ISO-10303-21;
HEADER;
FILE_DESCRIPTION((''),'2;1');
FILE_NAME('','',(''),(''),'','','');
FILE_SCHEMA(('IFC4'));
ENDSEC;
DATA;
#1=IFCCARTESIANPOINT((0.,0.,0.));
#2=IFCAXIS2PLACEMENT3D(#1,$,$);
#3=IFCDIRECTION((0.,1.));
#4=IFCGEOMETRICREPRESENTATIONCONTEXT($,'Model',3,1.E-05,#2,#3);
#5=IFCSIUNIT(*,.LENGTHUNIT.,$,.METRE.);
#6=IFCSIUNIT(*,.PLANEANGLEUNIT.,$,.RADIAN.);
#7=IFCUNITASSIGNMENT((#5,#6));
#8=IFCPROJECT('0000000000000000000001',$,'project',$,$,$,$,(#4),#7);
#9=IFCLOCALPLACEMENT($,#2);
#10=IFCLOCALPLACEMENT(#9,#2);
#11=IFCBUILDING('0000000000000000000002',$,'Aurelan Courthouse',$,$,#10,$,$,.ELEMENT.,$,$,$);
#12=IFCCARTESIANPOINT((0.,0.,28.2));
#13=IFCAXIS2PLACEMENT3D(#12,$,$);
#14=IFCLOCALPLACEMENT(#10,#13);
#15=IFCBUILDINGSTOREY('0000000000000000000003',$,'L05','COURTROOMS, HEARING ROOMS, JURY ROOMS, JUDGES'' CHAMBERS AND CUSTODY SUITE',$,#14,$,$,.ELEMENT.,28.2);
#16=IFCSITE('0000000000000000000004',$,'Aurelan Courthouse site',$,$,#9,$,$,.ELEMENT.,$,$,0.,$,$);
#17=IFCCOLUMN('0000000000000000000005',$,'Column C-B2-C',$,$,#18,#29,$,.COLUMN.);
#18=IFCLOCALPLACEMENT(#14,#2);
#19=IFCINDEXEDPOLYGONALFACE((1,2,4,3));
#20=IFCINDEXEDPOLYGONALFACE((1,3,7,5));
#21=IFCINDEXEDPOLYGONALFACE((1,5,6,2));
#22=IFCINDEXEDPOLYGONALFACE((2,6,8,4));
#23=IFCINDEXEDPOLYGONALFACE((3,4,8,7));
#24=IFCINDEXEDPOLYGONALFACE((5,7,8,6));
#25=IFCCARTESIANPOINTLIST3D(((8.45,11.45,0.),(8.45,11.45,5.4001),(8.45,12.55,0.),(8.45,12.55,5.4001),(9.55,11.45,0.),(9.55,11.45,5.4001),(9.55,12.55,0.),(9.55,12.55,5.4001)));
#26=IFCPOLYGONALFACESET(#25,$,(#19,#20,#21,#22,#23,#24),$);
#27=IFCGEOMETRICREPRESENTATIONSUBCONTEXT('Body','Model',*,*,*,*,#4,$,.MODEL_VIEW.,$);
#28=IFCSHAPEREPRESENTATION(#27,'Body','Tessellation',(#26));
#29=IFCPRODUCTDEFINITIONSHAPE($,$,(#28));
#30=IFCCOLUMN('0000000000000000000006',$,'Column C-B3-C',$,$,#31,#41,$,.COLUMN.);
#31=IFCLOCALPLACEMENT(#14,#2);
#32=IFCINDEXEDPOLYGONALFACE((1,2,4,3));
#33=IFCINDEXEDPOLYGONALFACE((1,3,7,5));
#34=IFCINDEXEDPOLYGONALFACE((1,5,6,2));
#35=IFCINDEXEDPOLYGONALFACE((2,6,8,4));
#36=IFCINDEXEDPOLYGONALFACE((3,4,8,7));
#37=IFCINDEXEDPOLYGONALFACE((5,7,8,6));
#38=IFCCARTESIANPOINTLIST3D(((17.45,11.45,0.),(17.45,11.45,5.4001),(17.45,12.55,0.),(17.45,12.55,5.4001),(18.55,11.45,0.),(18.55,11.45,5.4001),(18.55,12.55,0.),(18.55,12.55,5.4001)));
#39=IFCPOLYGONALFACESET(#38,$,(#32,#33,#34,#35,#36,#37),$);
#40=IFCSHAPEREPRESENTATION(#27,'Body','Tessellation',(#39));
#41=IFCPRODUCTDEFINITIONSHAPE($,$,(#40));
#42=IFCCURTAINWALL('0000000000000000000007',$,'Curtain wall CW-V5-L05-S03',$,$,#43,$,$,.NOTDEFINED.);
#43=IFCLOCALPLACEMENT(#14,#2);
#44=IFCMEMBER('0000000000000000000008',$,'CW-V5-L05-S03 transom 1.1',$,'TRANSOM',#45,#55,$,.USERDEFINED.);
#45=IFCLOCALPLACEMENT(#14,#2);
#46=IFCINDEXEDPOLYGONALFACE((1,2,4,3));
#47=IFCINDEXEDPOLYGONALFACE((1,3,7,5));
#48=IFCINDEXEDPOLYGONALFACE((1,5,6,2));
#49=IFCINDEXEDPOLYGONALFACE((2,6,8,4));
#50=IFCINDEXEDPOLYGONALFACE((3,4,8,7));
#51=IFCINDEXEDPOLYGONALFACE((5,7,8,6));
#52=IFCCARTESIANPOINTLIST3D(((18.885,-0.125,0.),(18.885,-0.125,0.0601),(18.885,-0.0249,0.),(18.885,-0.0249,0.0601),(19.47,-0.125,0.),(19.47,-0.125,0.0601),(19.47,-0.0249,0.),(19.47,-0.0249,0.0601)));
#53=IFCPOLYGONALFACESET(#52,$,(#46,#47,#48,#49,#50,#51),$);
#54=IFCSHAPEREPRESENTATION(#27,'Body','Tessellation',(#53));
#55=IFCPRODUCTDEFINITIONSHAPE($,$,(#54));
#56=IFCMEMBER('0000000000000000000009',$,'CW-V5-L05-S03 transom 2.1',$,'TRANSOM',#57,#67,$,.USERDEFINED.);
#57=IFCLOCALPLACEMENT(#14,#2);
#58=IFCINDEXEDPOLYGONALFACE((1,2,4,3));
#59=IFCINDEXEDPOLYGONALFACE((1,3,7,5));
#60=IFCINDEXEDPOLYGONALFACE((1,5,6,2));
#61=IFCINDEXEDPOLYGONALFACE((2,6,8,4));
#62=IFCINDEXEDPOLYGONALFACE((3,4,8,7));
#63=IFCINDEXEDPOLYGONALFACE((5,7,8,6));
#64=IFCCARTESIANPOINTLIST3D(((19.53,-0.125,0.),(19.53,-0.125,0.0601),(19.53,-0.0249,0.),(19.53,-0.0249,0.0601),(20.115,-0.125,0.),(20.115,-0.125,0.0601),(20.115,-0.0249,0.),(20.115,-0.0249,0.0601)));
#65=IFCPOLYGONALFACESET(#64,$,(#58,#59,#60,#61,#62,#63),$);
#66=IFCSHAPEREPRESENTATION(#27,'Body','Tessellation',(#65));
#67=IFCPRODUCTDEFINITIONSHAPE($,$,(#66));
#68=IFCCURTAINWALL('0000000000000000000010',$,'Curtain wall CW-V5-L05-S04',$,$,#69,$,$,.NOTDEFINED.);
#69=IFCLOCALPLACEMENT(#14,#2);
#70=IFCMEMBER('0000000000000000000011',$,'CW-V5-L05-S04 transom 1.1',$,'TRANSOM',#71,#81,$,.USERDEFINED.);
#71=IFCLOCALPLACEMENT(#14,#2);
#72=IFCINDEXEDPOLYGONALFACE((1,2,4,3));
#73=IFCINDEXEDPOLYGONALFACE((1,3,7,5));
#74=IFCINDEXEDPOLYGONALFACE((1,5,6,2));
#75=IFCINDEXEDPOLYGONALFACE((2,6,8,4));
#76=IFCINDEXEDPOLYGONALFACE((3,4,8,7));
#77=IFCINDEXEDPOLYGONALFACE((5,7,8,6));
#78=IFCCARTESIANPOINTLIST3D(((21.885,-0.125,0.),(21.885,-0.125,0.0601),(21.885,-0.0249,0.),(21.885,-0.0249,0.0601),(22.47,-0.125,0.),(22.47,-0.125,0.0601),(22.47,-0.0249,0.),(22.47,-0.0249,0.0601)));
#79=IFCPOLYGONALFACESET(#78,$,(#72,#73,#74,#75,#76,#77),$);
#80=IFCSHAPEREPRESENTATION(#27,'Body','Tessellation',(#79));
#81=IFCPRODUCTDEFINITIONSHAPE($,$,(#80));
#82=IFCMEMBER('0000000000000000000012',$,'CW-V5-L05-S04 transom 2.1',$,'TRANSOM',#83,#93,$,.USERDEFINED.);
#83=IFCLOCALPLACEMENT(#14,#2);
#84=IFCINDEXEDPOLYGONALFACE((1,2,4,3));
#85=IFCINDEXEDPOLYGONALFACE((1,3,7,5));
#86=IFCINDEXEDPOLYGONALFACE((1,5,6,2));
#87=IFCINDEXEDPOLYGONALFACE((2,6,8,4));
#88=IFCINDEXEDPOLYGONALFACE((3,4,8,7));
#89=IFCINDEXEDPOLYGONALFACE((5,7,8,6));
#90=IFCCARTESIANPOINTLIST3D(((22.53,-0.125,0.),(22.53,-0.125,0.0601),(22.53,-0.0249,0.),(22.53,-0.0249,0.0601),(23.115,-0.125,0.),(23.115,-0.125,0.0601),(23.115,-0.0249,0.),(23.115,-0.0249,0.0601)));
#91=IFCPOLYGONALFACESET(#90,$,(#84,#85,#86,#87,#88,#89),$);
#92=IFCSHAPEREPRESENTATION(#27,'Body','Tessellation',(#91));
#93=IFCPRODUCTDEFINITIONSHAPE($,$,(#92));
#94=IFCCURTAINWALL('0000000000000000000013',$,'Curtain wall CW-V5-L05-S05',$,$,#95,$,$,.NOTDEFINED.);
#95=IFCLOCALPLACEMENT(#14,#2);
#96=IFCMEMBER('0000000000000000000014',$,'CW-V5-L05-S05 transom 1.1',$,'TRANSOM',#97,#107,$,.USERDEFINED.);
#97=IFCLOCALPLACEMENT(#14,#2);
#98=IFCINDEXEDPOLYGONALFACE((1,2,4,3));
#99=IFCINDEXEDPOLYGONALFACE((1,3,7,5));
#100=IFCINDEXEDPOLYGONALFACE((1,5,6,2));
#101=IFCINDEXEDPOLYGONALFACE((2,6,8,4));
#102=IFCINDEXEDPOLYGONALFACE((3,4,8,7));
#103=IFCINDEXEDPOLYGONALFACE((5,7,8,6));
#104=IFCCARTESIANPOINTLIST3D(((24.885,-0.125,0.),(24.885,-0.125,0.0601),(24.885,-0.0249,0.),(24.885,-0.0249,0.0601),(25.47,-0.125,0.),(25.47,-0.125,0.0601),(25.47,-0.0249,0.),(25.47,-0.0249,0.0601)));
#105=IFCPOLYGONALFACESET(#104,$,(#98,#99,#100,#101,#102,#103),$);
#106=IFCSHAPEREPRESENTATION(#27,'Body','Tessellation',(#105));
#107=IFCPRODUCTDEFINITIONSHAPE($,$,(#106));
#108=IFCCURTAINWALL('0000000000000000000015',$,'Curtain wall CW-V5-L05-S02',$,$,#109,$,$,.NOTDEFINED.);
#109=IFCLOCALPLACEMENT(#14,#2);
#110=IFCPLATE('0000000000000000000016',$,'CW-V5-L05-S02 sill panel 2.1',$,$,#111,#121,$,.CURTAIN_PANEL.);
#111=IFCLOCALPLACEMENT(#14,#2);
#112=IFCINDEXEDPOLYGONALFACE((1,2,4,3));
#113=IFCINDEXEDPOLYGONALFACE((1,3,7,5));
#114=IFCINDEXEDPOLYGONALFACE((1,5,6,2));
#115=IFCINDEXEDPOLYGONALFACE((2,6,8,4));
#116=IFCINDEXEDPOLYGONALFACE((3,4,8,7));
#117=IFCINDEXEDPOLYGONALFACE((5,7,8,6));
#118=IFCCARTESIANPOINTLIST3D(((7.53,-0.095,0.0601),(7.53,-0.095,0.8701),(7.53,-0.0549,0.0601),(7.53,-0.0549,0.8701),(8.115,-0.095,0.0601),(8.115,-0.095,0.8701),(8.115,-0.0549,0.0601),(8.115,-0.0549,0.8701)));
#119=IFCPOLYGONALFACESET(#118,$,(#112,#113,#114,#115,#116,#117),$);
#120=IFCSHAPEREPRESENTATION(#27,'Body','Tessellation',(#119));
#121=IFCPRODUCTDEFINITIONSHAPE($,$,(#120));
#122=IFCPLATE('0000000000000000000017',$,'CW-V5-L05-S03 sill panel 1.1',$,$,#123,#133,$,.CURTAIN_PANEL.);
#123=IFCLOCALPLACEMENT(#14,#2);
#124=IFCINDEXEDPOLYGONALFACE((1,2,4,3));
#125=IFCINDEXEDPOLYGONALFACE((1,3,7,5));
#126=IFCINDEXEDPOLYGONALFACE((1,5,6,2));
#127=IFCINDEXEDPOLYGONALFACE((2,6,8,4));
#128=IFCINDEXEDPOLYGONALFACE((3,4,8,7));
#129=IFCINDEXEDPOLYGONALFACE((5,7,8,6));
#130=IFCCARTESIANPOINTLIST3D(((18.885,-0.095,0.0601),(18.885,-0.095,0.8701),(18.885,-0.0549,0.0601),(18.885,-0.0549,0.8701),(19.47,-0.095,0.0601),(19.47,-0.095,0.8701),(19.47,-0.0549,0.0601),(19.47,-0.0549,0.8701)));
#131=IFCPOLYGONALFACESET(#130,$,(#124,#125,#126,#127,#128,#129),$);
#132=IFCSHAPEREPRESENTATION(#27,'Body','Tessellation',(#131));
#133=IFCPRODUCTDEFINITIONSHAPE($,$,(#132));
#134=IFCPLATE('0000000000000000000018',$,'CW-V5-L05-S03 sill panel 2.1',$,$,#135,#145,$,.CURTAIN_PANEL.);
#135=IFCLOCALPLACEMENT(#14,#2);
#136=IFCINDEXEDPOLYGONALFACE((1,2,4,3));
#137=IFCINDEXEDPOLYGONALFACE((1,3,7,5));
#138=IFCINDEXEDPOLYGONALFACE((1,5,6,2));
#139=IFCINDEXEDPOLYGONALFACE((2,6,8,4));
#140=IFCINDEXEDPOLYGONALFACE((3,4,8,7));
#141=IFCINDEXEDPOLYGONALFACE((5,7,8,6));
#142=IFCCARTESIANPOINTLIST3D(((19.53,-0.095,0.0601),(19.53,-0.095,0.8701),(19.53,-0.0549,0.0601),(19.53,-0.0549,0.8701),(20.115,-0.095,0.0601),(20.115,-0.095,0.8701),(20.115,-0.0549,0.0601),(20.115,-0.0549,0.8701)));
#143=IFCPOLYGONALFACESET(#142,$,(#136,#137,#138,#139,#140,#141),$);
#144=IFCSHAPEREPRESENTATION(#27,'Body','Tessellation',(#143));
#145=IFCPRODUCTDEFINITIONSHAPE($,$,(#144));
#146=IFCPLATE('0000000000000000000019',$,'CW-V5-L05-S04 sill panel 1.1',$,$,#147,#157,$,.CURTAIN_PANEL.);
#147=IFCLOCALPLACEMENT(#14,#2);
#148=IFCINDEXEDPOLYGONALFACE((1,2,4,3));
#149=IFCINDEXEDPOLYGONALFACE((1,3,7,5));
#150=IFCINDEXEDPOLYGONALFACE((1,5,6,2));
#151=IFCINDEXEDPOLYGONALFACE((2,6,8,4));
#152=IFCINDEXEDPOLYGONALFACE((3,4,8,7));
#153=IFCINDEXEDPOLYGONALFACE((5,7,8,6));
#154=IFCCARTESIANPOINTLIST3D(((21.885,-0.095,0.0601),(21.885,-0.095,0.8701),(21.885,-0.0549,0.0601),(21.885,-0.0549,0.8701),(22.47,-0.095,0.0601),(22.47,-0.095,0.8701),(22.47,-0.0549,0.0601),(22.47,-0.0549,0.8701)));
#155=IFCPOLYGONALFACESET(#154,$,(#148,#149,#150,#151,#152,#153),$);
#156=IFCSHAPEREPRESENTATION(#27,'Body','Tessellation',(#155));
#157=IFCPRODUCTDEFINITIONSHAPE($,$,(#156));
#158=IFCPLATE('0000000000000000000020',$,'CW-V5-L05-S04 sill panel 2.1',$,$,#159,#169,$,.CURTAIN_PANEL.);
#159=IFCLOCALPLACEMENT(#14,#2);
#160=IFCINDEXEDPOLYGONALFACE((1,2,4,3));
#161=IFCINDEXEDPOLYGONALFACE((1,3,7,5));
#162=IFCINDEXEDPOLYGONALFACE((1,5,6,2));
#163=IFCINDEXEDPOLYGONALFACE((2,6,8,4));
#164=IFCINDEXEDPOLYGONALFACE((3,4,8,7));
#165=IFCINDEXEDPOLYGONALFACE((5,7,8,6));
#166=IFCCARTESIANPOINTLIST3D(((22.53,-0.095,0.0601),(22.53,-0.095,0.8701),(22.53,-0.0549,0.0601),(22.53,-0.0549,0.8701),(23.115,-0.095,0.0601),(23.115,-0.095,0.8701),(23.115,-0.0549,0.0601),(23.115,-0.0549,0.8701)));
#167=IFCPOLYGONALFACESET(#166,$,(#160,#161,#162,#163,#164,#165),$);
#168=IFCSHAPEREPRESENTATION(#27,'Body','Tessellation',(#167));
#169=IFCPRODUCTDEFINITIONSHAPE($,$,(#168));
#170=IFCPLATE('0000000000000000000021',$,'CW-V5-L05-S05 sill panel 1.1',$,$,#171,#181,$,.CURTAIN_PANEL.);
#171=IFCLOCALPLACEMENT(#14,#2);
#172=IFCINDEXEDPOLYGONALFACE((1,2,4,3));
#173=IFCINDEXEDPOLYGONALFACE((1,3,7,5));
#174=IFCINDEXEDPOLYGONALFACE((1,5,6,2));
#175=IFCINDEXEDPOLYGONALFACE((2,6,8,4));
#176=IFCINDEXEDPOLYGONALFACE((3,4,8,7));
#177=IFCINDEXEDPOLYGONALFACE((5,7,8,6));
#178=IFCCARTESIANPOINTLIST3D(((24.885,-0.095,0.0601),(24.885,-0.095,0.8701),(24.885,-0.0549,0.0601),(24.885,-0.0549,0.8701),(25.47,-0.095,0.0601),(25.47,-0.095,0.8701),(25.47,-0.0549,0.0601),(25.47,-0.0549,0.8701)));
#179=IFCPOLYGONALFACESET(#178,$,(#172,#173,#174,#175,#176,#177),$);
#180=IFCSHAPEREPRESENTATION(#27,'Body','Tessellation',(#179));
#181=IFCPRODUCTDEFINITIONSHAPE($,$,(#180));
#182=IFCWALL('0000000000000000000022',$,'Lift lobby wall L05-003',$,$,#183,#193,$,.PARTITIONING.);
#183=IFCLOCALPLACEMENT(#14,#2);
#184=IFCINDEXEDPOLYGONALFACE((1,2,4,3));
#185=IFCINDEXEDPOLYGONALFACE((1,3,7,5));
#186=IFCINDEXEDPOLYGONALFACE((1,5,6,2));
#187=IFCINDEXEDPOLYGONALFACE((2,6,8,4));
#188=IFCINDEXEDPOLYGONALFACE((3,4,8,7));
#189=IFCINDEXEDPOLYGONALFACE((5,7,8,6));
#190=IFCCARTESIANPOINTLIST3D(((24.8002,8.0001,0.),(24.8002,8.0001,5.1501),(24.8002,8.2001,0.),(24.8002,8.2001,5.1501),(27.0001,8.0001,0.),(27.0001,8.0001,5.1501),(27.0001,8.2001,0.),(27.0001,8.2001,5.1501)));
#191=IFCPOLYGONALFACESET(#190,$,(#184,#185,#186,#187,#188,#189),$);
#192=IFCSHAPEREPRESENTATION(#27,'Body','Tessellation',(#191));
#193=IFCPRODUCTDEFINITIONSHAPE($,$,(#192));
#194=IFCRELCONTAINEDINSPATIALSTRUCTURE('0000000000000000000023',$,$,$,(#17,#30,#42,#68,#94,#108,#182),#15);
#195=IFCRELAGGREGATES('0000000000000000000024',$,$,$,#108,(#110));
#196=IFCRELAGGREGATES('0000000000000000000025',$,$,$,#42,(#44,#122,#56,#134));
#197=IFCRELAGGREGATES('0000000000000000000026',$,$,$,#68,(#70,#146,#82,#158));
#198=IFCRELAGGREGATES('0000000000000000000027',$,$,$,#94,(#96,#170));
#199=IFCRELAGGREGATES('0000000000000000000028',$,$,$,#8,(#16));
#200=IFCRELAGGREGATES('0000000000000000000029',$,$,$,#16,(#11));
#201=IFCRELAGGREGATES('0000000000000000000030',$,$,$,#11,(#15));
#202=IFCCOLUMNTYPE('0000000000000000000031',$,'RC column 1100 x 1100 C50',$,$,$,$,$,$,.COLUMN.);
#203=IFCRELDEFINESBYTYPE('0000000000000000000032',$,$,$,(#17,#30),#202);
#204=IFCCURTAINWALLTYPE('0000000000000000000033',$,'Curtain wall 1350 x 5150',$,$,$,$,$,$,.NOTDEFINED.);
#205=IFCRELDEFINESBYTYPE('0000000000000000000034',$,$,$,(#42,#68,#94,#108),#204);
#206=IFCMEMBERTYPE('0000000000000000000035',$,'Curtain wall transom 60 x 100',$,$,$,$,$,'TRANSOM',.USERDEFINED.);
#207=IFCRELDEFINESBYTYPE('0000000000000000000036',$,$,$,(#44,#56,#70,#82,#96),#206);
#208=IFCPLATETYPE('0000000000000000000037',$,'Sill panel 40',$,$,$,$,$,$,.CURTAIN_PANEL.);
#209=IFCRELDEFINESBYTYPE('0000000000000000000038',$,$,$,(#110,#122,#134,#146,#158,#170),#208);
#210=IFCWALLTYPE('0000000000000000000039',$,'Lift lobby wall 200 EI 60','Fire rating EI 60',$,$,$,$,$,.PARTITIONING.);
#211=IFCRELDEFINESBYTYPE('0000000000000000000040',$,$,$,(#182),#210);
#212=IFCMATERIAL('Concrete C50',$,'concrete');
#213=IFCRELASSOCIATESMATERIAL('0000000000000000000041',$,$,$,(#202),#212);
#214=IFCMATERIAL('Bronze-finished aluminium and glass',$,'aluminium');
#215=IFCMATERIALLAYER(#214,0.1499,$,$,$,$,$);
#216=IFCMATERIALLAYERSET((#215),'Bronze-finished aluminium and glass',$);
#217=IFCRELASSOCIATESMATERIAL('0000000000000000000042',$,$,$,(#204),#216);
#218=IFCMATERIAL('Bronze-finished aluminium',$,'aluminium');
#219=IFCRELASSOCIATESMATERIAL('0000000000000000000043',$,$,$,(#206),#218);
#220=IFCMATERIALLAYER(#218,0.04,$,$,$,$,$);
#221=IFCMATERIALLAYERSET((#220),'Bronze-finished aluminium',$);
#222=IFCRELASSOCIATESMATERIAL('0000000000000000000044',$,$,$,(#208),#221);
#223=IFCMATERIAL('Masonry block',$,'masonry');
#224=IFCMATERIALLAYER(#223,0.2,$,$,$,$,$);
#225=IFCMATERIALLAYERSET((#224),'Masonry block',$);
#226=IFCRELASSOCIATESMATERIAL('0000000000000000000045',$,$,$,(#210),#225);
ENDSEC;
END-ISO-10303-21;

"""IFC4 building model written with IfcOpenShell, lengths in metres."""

from ifc_helpers import new_model, si_unit, direction, frame, frame_2d, origin, origin_2d, place, context, subcontext, project, spatial, rectangle, extrude, material, layer, layer_set, material_profile, profile_set, type_object, element, aggregate, save


model = new_model("IFC4")

# Units and contexts
model_context = context("Model", 3, precision=1e-05, world=origin(), true_north=direction((0.0, 1.0)))
body_context = subcontext(model_context, "Body", "Model", "MODEL_VIEW")
ifc_project = project(units=[si_unit("LENGTHUNIT", "METRE"), si_unit("PLANEANGLEUNIT", "RADIAN")], contexts=[model_context])

# Site, building, storey
site_placement = place(None, origin())
site = spatial("IfcSite", under=ifc_project, at=site_placement, Name="Aurelan Courthouse site", CompositionType="ELEMENT", RefElevation=0.0)
building_placement = place(site_placement, origin())
building = spatial("IfcBuilding", under=site, at=building_placement, Name="Aurelan Courthouse", CompositionType="ELEMENT")
storey_placement = place(building_placement, frame((0.0, 0.0, 28.2)))
storey = spatial("IfcBuildingStorey", under=building, at=storey_placement, Name="L05", Description="COURTROOMS, HEARING ROOMS, JURY ROOMS, JUDGES' CHAMBERS AND CUSTODY SUITE", CompositionType="ELEMENT", Elevation=28.2)

# Columns
ifc_material_1 = material(Name="Concrete C50", Category="concrete")
ifc_material_profile_1 = material_profile(ifc_material_1, rectangle(XDim=1.1001, YDim=1.1001, at=origin_2d()), Name="RC 1100 x 1100")
ifc_profile_set_1 = profile_set([ifc_material_profile_1], Name="Concrete C50")
column_type = type_object("IfcColumnType", Name="RC column 1100 x 1100 C50", PredefinedType="COLUMN", material=ifc_profile_set_1)
for number, where, z_axis, x_axis, name in (
    (1, (9.0, 12.0, 0.0), (0.0, 0.0, 1.0), (1.0, 0.0, 0.0), "Column C-B2-C"),
    (2, (18.0, 12.0, 0.0), (0.0, 0.0, 1.0), (1.0, 0.0, 0.0), "Column C-B3-C"),
):
    element("IfcColumn", number, at=place(storey_placement, frame(where, z_axis=z_axis, x_axis=x_axis)), inside=storey, type_object=column_type, Name=name, PredefinedType="COLUMN", context=body_context, shape_type="SweptSolid", body=[
        extrude(rectangle(XDim=1.1001, YDim=1.1001, at=origin_2d()), origin(), (0.0, 0.0, 1.0), 5.4001),
    ])

# Curtain walls, members
ifc_material_2 = material(Name="Bronze-finished aluminium and glass", Category="aluminium")
ifc_layer_1 = layer(ifc_material_2, 0.1499)
ifc_layer_set_1 = layer_set([ifc_layer_1], Name="Bronze-finished aluminium and glass")
curtain_wall_type = type_object("IfcCurtainWallType", Name="Curtain wall 1350 x 5150", PredefinedType="NOTDEFINED", material=ifc_layer_set_1)
curtain_wall_1_placement = place(storey_placement, origin())
curtain_wall_1 = element("IfcCurtainWall", 3, at=curtain_wall_1_placement, inside=storey, type_object=curtain_wall_type, Name="Curtain wall CW-V5-L05-S03", PredefinedType="NOTDEFINED")
ifc_material_3 = material(Name="Bronze-finished aluminium", Category="aluminium")
ifc_material_profile_2 = material_profile(ifc_material_3, rectangle(XDim=0.1001, YDim=0.0601, at=origin_2d()), Name="Bronze transom 60 x 100")
ifc_profile_set_2 = profile_set([ifc_material_profile_2], Name="Bronze-finished aluminium")
member_type = type_object("IfcMemberType", Name="Curtain wall transom 60 x 100", ElementType="TRANSOM", PredefinedType="USERDEFINED", material=ifc_profile_set_2)
member_1_placement = place(storey_placement, frame((18.885, -0.075, 0.03), z_axis=(1.0, 0.0, 0.0), x_axis=(0.0, 1.0, 0.0)))
member_1 = element("IfcMember", 4, at=member_1_placement, type_object=member_type, Name="CW-V5-L05-S03 transom 1.1", ObjectType="TRANSOM", PredefinedType="USERDEFINED", context=body_context, shape_type="SweptSolid", body=[
    extrude(rectangle(XDim=0.1001, YDim=0.0601, at=origin_2d()), origin(), (0.0, 0.0, 1.0), 0.585),
])
member_2_placement = place(storey_placement, frame((19.53, -0.075, 0.03), z_axis=(1.0, 0.0, 0.0), x_axis=(0.0, 1.0, 0.0)))
member_2 = element("IfcMember", 5, at=member_2_placement, type_object=member_type, Name="CW-V5-L05-S03 transom 2.1", ObjectType="TRANSOM", PredefinedType="USERDEFINED", context=body_context, shape_type="SweptSolid", body=[
    extrude(rectangle(XDim=0.1001, YDim=0.0601, at=origin_2d()), origin(), (0.0, 0.0, 1.0), 0.585),
])
curtain_wall_2_placement = place(storey_placement, origin())
curtain_wall_2 = element("IfcCurtainWall", 6, at=curtain_wall_2_placement, inside=storey, type_object=curtain_wall_type, Name="Curtain wall CW-V5-L05-S04", PredefinedType="NOTDEFINED")
member_3_placement = place(storey_placement, frame((21.885, -0.075, 0.03), z_axis=(1.0, 0.0, 0.0), x_axis=(0.0, 1.0, 0.0)))
member_3 = element("IfcMember", 7, at=member_3_placement, type_object=member_type, Name="CW-V5-L05-S04 transom 1.1", ObjectType="TRANSOM", PredefinedType="USERDEFINED", context=body_context, shape_type="SweptSolid", body=[
    extrude(rectangle(XDim=0.1001, YDim=0.0601, at=origin_2d()), origin(), (0.0, 0.0, 1.0), 0.585),
])
member_4_placement = place(storey_placement, frame((22.53, -0.075, 0.03), z_axis=(1.0, 0.0, 0.0), x_axis=(0.0, 1.0, 0.0)))
member_4 = element("IfcMember", 8, at=member_4_placement, type_object=member_type, Name="CW-V5-L05-S04 transom 2.1", ObjectType="TRANSOM", PredefinedType="USERDEFINED", context=body_context, shape_type="SweptSolid", body=[
    extrude(rectangle(XDim=0.1001, YDim=0.0601, at=origin_2d()), origin(), (0.0, 0.0, 1.0), 0.585),
])

# Curtain wall, member
curtain_wall_3_placement = place(storey_placement, origin())
curtain_wall_3 = element("IfcCurtainWall", 9, at=curtain_wall_3_placement, inside=storey, type_object=curtain_wall_type, Name="Curtain wall CW-V5-L05-S05", PredefinedType="NOTDEFINED")
member_5_placement = place(storey_placement, frame((24.885, -0.075, 0.03), z_axis=(1.0, 0.0, 0.0), x_axis=(0.0, 1.0, 0.0)))
member_5 = element("IfcMember", 10, at=member_5_placement, type_object=member_type, Name="CW-V5-L05-S05 transom 1.1", ObjectType="TRANSOM", PredefinedType="USERDEFINED", context=body_context, shape_type="SweptSolid", body=[
    extrude(rectangle(XDim=0.1001, YDim=0.0601, at=origin_2d()), origin(), (0.0, 0.0, 1.0), 0.585),
])

# Curtain wall, plate
curtain_wall_4_placement = place(storey_placement, origin())
curtain_wall_4 = element("IfcCurtainWall", 11, at=curtain_wall_4_placement, inside=storey, type_object=curtain_wall_type, Name="Curtain wall CW-V5-L05-S02", PredefinedType="NOTDEFINED")
ifc_layer_2 = layer(ifc_material_3, 0.04)
ifc_layer_set_2 = layer_set([ifc_layer_2], Name="Bronze-finished aluminium")
plate_type = type_object("IfcPlateType", Name="Sill panel 40", PredefinedType="CURTAIN_PANEL", material=ifc_layer_set_2)
plate_1_placement = place(storey_placement, frame((7.8225, -0.075, 0.0601), z_axis=(0.0, 0.0, 1.0), x_axis=(1.0, 0.0, 0.0)))
plate_1 = element("IfcPlate", 12, at=plate_1_placement, type_object=plate_type, Name="CW-V5-L05-S02 sill panel 2.1", PredefinedType="CURTAIN_PANEL", context=body_context, shape_type="SweptSolid", body=[
    extrude(rectangle(XDim=0.585, YDim=0.04, at=origin_2d()), origin(), (0.0, 0.0, 1.0), 0.8101),
])
aggregate(curtain_wall_4, [plate_1])

# Plates
plate_2_placement = place(storey_placement, frame((19.1775, -0.075, 0.0601), z_axis=(0.0, 0.0, 1.0), x_axis=(1.0, 0.0, 0.0)))
plate_2 = element("IfcPlate", 13, at=plate_2_placement, type_object=plate_type, Name="CW-V5-L05-S03 sill panel 1.1", PredefinedType="CURTAIN_PANEL", context=body_context, shape_type="SweptSolid", body=[
    extrude(rectangle(XDim=0.585, YDim=0.04, at=origin_2d()), origin(), (0.0, 0.0, 1.0), 0.8101),
])
plate_3_placement = place(storey_placement, frame((19.8225, -0.075, 0.0601), z_axis=(0.0, 0.0, 1.0), x_axis=(1.0, 0.0, 0.0)))
plate_3 = element("IfcPlate", 14, at=plate_3_placement, type_object=plate_type, Name="CW-V5-L05-S03 sill panel 2.1", PredefinedType="CURTAIN_PANEL", context=body_context, shape_type="SweptSolid", body=[
    extrude(rectangle(XDim=0.585, YDim=0.04, at=origin_2d()), origin(), (0.0, 0.0, 1.0), 0.8101),
])
aggregate(curtain_wall_1, [member_1, plate_2, member_2, plate_3])
plate_4_placement = place(storey_placement, frame((22.1775, -0.075, 0.0601), z_axis=(0.0, 0.0, 1.0), x_axis=(1.0, 0.0, 0.0)))
plate_4 = element("IfcPlate", 15, at=plate_4_placement, type_object=plate_type, Name="CW-V5-L05-S04 sill panel 1.1", PredefinedType="CURTAIN_PANEL", context=body_context, shape_type="SweptSolid", body=[
    extrude(rectangle(XDim=0.585, YDim=0.04, at=origin_2d()), origin(), (0.0, 0.0, 1.0), 0.8101),
])
plate_5_placement = place(storey_placement, frame((22.8225, -0.075, 0.0601), z_axis=(0.0, 0.0, 1.0), x_axis=(1.0, 0.0, 0.0)))
plate_5 = element("IfcPlate", 16, at=plate_5_placement, type_object=plate_type, Name="CW-V5-L05-S04 sill panel 2.1", PredefinedType="CURTAIN_PANEL", context=body_context, shape_type="SweptSolid", body=[
    extrude(rectangle(XDim=0.585, YDim=0.04, at=origin_2d()), origin(), (0.0, 0.0, 1.0), 0.8101),
])
aggregate(curtain_wall_2, [member_3, plate_4, member_4, plate_5])
plate_6_placement = place(storey_placement, frame((25.1775, -0.075, 0.0601), z_axis=(0.0, 0.0, 1.0), x_axis=(1.0, 0.0, 0.0)))
plate_6 = element("IfcPlate", 17, at=plate_6_placement, type_object=plate_type, Name="CW-V5-L05-S05 sill panel 1.1", PredefinedType="CURTAIN_PANEL", context=body_context, shape_type="SweptSolid", body=[
    extrude(rectangle(XDim=0.585, YDim=0.04, at=origin_2d()), origin(), (0.0, 0.0, 1.0), 0.8101),
])
aggregate(curtain_wall_3, [member_5, plate_6])

# Wall
ifc_material_4 = material(Name="Masonry block", Category="masonry")
ifc_layer_3 = layer(ifc_material_4, 0.2)
ifc_layer_set_3 = layer_set([ifc_layer_3], Name="Masonry block")
wall_type_1 = type_object("IfcWallType", Name="Lift lobby wall 200 EI 60", Description="Fire rating EI 60", PredefinedType="PARTITIONING", material=ifc_layer_set_3)
wall_1_placement = place(storey_placement, frame((24.8, 8.1001, 0.0), z_axis=(0.0, 0.0, 1.0), x_axis=(1.0, 0.0, 0.0)))
element("IfcWall", 18, at=wall_1_placement, inside=storey, type_object=wall_type_1, Name="Lift lobby wall L05-003", PredefinedType="PARTITIONING", context=body_context, shape_type="SweptSolid", body=[
    extrude(rectangle(XDim=2.2, YDim=0.2, at=frame_2d((1.1001, 0.0))), origin(), (0.0, 0.0, 1.0), 5.1501),
])

save(model, "model.ifc")
